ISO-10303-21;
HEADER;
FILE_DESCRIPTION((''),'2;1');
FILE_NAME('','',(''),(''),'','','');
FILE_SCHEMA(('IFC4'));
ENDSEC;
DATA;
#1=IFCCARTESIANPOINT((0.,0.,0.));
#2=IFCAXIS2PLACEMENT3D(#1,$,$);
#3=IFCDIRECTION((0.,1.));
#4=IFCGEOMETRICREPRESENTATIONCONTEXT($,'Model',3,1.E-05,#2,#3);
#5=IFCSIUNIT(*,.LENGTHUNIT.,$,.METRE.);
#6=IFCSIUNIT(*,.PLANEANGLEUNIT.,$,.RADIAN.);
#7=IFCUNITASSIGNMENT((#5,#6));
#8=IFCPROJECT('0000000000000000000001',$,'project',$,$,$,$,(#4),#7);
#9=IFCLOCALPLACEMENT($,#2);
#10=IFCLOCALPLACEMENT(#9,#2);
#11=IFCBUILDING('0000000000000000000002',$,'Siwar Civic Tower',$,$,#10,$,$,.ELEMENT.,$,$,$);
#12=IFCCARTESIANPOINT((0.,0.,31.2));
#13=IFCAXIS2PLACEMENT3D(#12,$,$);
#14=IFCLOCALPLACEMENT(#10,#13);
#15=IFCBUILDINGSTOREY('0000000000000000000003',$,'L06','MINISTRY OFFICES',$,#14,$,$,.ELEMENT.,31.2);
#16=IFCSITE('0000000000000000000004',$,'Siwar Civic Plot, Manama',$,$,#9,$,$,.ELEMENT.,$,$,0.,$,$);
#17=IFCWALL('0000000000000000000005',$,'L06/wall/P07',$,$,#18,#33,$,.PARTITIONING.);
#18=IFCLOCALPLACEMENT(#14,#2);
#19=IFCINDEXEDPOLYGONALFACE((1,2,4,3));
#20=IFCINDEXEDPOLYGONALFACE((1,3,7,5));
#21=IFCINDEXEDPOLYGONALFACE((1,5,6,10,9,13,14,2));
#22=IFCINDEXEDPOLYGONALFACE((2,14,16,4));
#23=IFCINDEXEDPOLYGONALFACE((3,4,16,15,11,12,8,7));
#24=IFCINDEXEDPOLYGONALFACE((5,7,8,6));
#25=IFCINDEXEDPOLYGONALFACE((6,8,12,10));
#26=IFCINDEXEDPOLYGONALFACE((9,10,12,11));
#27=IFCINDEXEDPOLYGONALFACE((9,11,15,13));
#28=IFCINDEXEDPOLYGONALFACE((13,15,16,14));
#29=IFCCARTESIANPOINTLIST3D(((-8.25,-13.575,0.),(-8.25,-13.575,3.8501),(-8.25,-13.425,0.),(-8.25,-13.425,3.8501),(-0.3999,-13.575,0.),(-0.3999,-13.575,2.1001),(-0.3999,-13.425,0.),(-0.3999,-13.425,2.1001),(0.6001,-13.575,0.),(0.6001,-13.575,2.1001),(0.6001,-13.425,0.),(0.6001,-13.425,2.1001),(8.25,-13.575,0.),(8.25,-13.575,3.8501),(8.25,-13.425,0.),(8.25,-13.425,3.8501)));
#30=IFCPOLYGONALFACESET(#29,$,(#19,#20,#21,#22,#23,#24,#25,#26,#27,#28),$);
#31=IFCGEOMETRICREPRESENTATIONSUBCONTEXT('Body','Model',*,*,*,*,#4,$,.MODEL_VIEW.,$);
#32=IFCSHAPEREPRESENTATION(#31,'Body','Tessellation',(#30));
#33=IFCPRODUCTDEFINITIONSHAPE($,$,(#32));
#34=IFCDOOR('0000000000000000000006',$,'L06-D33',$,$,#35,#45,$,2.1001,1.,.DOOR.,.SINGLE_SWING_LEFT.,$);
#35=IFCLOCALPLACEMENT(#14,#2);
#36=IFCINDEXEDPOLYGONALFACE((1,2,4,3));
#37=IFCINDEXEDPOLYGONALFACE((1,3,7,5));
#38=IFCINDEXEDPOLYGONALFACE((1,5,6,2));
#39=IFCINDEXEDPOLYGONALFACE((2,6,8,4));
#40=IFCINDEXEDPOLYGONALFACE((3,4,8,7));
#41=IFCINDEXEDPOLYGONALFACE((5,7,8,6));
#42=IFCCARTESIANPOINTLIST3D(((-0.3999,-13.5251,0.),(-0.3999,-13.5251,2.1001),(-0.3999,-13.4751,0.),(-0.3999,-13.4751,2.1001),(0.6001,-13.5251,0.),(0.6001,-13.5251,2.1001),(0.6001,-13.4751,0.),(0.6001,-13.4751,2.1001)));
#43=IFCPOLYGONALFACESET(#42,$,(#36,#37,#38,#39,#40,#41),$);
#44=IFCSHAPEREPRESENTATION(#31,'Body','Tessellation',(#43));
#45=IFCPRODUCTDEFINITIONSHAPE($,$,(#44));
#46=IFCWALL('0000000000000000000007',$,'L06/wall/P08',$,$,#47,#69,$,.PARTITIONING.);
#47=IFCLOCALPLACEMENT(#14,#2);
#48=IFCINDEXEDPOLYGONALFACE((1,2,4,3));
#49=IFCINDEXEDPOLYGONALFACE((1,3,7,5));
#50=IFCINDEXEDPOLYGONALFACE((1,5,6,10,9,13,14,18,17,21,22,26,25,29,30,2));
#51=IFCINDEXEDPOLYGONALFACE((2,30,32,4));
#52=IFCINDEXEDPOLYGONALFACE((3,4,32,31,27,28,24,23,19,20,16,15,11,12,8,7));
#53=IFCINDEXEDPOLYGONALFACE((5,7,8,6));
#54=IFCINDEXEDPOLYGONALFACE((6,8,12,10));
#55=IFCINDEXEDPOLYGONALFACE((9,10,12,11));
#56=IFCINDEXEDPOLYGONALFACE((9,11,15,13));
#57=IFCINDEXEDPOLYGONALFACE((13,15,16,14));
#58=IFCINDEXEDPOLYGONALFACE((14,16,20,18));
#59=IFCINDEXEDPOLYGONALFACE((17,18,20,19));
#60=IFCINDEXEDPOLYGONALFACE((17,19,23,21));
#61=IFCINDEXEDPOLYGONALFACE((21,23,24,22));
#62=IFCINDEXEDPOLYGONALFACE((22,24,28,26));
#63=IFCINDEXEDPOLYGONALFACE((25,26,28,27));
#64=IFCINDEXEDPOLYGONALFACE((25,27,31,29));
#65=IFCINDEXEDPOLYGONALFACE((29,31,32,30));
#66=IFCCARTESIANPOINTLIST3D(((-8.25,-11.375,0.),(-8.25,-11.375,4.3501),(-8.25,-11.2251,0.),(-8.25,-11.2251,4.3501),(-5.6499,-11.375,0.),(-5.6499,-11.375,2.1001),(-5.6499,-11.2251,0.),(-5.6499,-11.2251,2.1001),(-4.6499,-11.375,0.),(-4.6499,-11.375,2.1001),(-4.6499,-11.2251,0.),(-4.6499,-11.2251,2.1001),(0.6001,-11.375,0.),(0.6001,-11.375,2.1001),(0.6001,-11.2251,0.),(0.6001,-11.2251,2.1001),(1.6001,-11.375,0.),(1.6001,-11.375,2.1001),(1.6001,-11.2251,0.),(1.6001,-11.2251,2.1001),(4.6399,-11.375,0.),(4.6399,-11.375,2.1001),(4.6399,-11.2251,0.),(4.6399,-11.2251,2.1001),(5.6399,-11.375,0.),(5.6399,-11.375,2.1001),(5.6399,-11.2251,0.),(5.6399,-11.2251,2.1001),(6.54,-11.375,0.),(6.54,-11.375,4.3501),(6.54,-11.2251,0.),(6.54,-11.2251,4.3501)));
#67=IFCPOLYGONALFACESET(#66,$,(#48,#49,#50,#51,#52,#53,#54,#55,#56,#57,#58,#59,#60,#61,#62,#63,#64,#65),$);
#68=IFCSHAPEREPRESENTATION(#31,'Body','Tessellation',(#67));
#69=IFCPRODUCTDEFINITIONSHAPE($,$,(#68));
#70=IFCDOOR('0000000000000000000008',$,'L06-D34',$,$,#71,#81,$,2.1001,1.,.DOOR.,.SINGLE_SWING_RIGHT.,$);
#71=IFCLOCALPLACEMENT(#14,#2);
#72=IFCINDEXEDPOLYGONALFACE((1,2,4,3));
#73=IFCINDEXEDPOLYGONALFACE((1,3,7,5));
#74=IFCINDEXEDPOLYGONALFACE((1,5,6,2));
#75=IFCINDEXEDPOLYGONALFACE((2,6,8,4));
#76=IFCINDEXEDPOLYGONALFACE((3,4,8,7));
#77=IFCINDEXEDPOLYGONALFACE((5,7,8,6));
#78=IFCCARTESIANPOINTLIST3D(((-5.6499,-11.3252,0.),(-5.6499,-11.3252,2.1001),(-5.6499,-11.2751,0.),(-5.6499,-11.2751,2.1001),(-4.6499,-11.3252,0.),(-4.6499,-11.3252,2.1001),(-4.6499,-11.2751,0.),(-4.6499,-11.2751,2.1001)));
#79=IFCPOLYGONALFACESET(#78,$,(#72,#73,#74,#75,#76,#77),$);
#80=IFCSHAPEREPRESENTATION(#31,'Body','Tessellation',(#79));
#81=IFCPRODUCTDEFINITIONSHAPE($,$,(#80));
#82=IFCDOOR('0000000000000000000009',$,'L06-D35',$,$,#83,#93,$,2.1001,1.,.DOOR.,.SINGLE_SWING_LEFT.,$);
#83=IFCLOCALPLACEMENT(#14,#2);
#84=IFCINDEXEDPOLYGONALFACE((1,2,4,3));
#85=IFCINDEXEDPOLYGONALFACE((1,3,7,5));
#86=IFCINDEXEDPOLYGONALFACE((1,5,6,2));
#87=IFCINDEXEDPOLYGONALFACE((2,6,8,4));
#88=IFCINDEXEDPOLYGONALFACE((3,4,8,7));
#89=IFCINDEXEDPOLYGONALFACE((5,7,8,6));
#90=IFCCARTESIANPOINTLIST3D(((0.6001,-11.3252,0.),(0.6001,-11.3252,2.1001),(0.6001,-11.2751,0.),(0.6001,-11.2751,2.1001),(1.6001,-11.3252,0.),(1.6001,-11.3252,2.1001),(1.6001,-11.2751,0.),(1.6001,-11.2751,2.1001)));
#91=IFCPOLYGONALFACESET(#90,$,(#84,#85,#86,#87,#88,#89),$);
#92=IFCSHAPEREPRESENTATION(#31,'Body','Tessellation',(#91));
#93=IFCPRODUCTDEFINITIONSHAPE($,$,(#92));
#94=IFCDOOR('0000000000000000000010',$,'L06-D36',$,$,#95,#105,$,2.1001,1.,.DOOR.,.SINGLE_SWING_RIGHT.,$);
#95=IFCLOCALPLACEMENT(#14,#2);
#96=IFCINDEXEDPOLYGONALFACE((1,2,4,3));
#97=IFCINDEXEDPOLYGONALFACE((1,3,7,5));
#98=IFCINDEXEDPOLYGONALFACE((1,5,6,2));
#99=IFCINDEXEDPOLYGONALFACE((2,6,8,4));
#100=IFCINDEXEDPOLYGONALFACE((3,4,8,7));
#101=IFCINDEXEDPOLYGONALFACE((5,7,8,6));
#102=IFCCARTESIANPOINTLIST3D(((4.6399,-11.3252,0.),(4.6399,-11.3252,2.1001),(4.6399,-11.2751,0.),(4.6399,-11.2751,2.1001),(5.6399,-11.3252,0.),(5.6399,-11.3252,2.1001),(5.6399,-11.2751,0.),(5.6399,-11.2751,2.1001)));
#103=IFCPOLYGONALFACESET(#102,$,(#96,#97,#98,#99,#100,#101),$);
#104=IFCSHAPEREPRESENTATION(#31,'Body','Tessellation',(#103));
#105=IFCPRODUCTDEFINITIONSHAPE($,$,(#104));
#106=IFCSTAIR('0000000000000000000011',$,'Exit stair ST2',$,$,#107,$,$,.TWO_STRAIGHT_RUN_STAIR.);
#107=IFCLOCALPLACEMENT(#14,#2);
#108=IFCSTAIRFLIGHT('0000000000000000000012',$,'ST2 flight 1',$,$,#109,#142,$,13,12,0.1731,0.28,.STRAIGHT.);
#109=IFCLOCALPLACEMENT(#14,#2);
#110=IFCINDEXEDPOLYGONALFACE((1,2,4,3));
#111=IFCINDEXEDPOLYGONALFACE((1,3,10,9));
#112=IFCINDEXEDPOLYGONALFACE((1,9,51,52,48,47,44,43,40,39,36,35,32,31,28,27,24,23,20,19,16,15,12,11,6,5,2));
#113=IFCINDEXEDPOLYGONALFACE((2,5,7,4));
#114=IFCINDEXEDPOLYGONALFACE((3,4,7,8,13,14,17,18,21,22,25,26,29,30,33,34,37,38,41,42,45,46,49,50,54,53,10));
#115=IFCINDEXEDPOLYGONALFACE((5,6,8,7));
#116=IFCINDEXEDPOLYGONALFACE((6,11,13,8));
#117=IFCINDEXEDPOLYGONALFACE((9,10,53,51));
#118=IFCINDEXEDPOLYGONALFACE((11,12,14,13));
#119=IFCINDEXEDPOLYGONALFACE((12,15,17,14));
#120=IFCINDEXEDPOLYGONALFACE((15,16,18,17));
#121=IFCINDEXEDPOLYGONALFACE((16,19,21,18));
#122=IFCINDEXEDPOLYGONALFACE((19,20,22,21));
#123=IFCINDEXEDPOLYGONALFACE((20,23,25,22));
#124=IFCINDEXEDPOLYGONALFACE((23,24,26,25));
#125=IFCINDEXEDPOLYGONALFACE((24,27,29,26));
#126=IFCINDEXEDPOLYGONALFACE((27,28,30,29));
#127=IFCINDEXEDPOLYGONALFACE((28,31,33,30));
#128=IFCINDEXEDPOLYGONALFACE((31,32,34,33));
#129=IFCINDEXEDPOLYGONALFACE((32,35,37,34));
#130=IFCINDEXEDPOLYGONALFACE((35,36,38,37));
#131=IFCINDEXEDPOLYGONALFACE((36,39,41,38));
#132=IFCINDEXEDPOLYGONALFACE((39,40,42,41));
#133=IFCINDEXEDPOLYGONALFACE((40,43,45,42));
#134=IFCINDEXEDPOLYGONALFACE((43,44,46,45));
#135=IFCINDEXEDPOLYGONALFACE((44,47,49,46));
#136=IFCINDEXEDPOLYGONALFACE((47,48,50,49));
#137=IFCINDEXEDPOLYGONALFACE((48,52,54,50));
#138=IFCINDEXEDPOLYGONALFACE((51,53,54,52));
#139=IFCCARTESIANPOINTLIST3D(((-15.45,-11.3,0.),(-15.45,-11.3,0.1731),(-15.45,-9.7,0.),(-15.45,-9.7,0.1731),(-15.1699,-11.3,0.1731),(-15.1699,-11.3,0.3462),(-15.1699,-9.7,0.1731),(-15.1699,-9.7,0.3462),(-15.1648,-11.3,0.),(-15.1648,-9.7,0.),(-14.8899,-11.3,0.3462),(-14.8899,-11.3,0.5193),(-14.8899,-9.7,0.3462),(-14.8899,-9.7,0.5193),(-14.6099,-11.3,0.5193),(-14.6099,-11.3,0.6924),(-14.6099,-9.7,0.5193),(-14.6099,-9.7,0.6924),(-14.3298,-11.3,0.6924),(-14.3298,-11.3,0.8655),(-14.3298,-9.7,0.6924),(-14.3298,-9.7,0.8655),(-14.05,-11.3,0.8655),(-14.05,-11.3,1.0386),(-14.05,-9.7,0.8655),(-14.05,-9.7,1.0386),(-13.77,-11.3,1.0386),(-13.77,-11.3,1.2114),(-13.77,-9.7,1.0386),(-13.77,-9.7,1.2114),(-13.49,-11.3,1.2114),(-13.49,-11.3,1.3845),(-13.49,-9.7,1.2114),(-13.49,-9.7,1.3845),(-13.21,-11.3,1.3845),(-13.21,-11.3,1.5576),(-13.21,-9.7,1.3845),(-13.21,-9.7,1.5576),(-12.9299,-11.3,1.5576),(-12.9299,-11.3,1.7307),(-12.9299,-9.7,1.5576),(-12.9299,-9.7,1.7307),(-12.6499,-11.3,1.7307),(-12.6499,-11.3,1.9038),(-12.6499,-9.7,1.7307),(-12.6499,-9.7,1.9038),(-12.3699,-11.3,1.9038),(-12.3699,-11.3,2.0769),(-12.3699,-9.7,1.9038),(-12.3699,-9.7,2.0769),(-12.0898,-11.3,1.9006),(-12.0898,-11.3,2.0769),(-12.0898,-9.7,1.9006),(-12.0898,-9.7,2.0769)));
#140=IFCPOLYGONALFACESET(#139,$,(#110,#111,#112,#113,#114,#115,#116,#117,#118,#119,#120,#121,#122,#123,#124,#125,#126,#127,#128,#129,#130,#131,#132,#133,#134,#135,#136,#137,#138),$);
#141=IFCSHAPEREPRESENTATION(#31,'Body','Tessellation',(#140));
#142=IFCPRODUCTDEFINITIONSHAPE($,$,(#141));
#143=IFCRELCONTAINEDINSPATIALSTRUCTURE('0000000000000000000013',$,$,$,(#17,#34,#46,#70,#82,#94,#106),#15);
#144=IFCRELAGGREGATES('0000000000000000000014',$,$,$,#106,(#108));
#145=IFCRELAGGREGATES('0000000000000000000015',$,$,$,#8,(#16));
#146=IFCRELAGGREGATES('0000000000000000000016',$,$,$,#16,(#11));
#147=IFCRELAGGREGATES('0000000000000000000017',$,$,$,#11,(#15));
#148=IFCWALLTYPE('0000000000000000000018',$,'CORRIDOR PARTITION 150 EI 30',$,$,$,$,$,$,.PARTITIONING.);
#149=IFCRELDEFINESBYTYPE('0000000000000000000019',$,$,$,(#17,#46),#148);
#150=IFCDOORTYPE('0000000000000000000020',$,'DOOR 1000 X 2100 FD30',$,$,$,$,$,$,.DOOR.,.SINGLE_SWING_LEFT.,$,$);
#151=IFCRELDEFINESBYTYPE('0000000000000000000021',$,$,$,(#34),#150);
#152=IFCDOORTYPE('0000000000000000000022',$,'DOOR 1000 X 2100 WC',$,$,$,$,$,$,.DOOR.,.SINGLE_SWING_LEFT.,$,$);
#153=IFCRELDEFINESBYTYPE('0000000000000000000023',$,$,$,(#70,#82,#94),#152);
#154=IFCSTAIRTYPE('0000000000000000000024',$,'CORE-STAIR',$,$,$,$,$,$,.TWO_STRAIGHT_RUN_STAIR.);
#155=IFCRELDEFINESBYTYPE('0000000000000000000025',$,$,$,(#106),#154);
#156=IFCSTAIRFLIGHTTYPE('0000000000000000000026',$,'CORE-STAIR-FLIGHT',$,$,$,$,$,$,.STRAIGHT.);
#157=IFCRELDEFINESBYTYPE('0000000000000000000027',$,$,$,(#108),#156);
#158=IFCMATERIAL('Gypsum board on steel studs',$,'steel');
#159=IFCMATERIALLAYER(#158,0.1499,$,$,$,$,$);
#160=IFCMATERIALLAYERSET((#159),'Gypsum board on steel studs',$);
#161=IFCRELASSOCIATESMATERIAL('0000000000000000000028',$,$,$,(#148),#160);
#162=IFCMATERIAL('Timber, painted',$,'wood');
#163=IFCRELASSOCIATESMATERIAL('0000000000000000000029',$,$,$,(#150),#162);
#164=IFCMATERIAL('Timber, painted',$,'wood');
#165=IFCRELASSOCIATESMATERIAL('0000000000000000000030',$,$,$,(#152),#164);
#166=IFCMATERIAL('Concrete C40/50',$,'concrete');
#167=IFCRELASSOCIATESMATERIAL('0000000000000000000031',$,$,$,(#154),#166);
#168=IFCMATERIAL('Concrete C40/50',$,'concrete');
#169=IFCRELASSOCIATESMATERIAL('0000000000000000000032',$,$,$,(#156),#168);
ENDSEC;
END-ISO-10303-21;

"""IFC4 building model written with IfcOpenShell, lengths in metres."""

from ifc_helpers import new_model, si_unit, direction, frame, frame_2d, origin, place, context, subcontext, project, spatial, polyline, rectangle, outline, extrude, material, layer, layer_set, type_object, element, fill, aggregate, save


model = new_model("IFC4")

# Units and contexts
model_context = context("Model", 3, precision=1e-05, world=origin(), true_north=direction((0.0, 1.0)))
body_context = subcontext(model_context, "Body", "Model", "MODEL_VIEW")
ifc_project = project(units=[si_unit("LENGTHUNIT", "METRE"), si_unit("PLANEANGLEUNIT", "RADIAN")], contexts=[model_context])

# Site, building, storey
site_placement = place(None, origin())
site = spatial("IfcSite", under=ifc_project, at=site_placement, Name="Siwar Civic Plot, Manama", CompositionType="ELEMENT", RefElevation=0.0)
building_placement = place(site_placement, origin())
building = spatial("IfcBuilding", under=site, at=building_placement, Name="Siwar Civic Tower", CompositionType="ELEMENT")
storey_placement = place(building_placement, frame((0.0, 0.0, 31.2)))
storey = spatial("IfcBuildingStorey", under=building, at=storey_placement, Name="L06", Description="MINISTRY OFFICES", CompositionType="ELEMENT", Elevation=31.2)

# Wall, opening, door
ifc_material_1 = material(Name="Gypsum board on steel studs", Category="steel")
ifc_layer_1 = layer(ifc_material_1, 0.1499)
ifc_layer_set_1 = layer_set([ifc_layer_1], Name="Gypsum board on steel studs")
wall_type_1 = type_object("IfcWallType", Name="CORRIDOR PARTITION 150 EI 30", PredefinedType="PARTITIONING", material=ifc_layer_set_1)
wall_1_placement = place(storey_placement, frame((-8.25, -13.5, 0.0), z_axis=(0.0, 0.0, 1.0), x_axis=(1.0, 0.0, 0.0)))
wall_1 = element("IfcWall", 1, at=wall_1_placement, inside=storey, type_object=wall_type_1, Name="L06/wall/P07", PredefinedType="PARTITIONING", context=body_context, shape_type="SweptSolid", body=[
    extrude(rectangle(XDim=16.5, YDim=0.1499, at=frame_2d((8.25, 0.0))), origin(), (0.0, 0.0, 1.0), 3.8501),
])
opening_1_placement = place(wall_1_placement, frame((7.8501, 0.0, 0.0)))
opening_1 = element("IfcOpeningElement", 2, at=opening_1_placement, cuts=wall_1, PredefinedType="OPENING", context=body_context, shape_type="SweptSolid", body=[
    extrude(rectangle(XDim=1.0, YDim=2.1001, at=frame_2d((0.5, 1.05))), frame((0.0, 0.085, 0.0), z_axis=(0.0, -1.0, 0.0), x_axis=(1.0, 0.0, 0.0)), (0.0, 0.0, 1.0), 0.1699),
])
ifc_material_2 = material(Name="Timber, painted", Category="wood")
door_type_1 = type_object("IfcDoorType", Name="DOOR 1000 X 2100 FD30", OperationType="SINGLE_SWING_LEFT", PredefinedType="DOOR", material=ifc_material_2)
door_1_placement = place(opening_1_placement, origin())
door_1 = element("IfcDoor", 3, at=door_1_placement, inside=storey, type_object=door_type_1, Name="L06-D33", OperationType="SINGLE_SWING_LEFT", OverallHeight=2.1001, OverallWidth=1.0, PredefinedType="DOOR", context=body_context, shape_type="SweptSolid", body=[
    extrude(rectangle(XDim=1.0, YDim=2.1001, at=frame_2d((0.5, 1.05))), frame((0.0, 0.0249, 0.0), z_axis=(0.0, -1.0, 0.0), x_axis=(1.0, 0.0, 0.0)), (0.0, 0.0, 1.0), 0.05),
])
fill(opening_1, door_1)

# Wall, openings, doors
wall_2_placement = place(storey_placement, frame((-8.25, -11.3, 0.0), z_axis=(0.0, 0.0, 1.0), x_axis=(1.0, 0.0, 0.0)))
wall_2 = element("IfcWall", 4, at=wall_2_placement, inside=storey, type_object=wall_type_1, Name="L06/wall/P08", PredefinedType="PARTITIONING", context=body_context, shape_type="SweptSolid", body=[
    extrude(rectangle(XDim=14.79, YDim=0.1499, at=frame_2d((7.395, 0.0))), origin(), (0.0, 0.0, 1.0), 4.3501),
])
opening_2_placement = place(wall_2_placement, frame((2.6001, 0.0, 0.0)))
opening_2 = element("IfcOpeningElement", 5, at=opening_2_placement, cuts=wall_2, PredefinedType="OPENING", context=body_context, shape_type="SweptSolid", body=[
    extrude(rectangle(XDim=1.0, YDim=2.1001, at=frame_2d((0.5, 1.05))), frame((0.0, 0.085, 0.0), z_axis=(0.0, -1.0, 0.0), x_axis=(1.0, 0.0, 0.0)), (0.0, 0.0, 1.0), 0.1699),
])
opening_3_placement = place(wall_2_placement, frame((8.8501, 0.0, 0.0)))
opening_3 = element("IfcOpeningElement", 6, at=opening_3_placement, cuts=wall_2, PredefinedType="OPENING", context=body_context, shape_type="SweptSolid", body=[
    extrude(rectangle(XDim=1.0, YDim=2.1001, at=frame_2d((0.5, 1.05))), frame((0.0, 0.085, 0.0), z_axis=(0.0, -1.0, 0.0), x_axis=(1.0, 0.0, 0.0)), (0.0, 0.0, 1.0), 0.1699),
])
opening_4_placement = place(wall_2_placement, frame((12.8899, 0.0, 0.0)))
opening_4 = element("IfcOpeningElement", 7, at=opening_4_placement, cuts=wall_2, PredefinedType="OPENING", context=body_context, shape_type="SweptSolid", body=[
    extrude(rectangle(XDim=1.0, YDim=2.1001, at=frame_2d((0.5, 1.05))), frame((0.0, 0.085, 0.0), z_axis=(0.0, -1.0, 0.0), x_axis=(1.0, 0.0, 0.0)), (0.0, 0.0, 1.0), 0.1699),
])
ifc_material_3 = material(Name="Timber, painted", Category="wood")
door_type_2 = type_object("IfcDoorType", Name="DOOR 1000 X 2100 WC", OperationType="SINGLE_SWING_LEFT", PredefinedType="DOOR", material=ifc_material_3)
door_2_placement = place(opening_2_placement, origin())
door_2 = element("IfcDoor", 8, at=door_2_placement, inside=storey, type_object=door_type_2, Name="L06-D34", OperationType="SINGLE_SWING_RIGHT", OverallHeight=2.1001, OverallWidth=1.0, PredefinedType="DOOR", context=body_context, shape_type="SweptSolid", body=[
    extrude(rectangle(XDim=1.0, YDim=2.1001, at=frame_2d((0.5, 1.05))), frame((0.0, 0.0249, 0.0), z_axis=(0.0, -1.0, 0.0), x_axis=(1.0, 0.0, 0.0)), (0.0, 0.0, 1.0), 0.05),
])
fill(opening_2, door_2)
door_3_placement = place(opening_3_placement, origin())
door_3 = element("IfcDoor", 9, at=door_3_placement, inside=storey, type_object=door_type_2, Name="L06-D35", OperationType="SINGLE_SWING_LEFT", OverallHeight=2.1001, OverallWidth=1.0, PredefinedType="DOOR", context=body_context, shape_type="SweptSolid", body=[
    extrude(rectangle(XDim=1.0, YDim=2.1001, at=frame_2d((0.5, 1.05))), frame((0.0, 0.0249, 0.0), z_axis=(0.0, -1.0, 0.0), x_axis=(1.0, 0.0, 0.0)), (0.0, 0.0, 1.0), 0.05),
])
fill(opening_3, door_3)
door_4_placement = place(opening_4_placement, origin())
door_4 = element("IfcDoor", 10, at=door_4_placement, inside=storey, type_object=door_type_2, Name="L06-D36", OperationType="SINGLE_SWING_RIGHT", OverallHeight=2.1001, OverallWidth=1.0, PredefinedType="DOOR", context=body_context, shape_type="SweptSolid", body=[
    extrude(rectangle(XDim=1.0, YDim=2.1001, at=frame_2d((0.5, 1.05))), frame((0.0, 0.0249, 0.0), z_axis=(0.0, -1.0, 0.0), x_axis=(1.0, 0.0, 0.0)), (0.0, 0.0, 1.0), 0.05),
])
fill(opening_4, door_4)

# Stair, stair flight
ifc_material_4 = material(Name="Concrete C40/50", Category="concrete")
stair_type = type_object("IfcStairType", Name="CORE-STAIR", PredefinedType="TWO_STRAIGHT_RUN_STAIR", material=ifc_material_4)
stair_placement = place(storey_placement, origin())
stair = element("IfcStair", 11, at=stair_placement, inside=storey, type_object=stair_type, Name="Exit stair ST2", PredefinedType="TWO_STRAIGHT_RUN_STAIR")
ifc_material_5 = material(Name="Concrete C40/50", Category="concrete")
stair_flight_type = type_object("IfcStairFlightType", Name="CORE-STAIR-FLIGHT", PredefinedType="STRAIGHT", material=ifc_material_5)
stair_flight_1_placement = place(storey_placement, frame((-15.45, -10.5, 0.0), z_axis=(0.0, 0.0, 1.0), x_axis=(1.0, 0.0, 0.0)))
stair_flight_1 = element("IfcStairFlight", 12, at=stair_flight_1_placement, type_object=stair_flight_type, Name="ST2 flight 1", NumberOfRisers=13, NumberOfTreads=12, PredefinedType="STRAIGHT", RiserHeight=0.1731, TreadLength=0.28, context=body_context, shape_type="SweptSolid", body=[
    extrude(outline(polyline([(0.0, 0.0), (0.0, 0.1731), (0.28, 0.1731), (0.28, 0.3462), (0.5601, 0.3462), (0.5601, 0.5193), (0.8401, 0.5193), (0.8401, 0.6924), (1.1201, 0.6924), (1.1201, 0.8655), (1.3999, 0.8655), (1.3999, 1.0386), (1.6799, 1.0386), (1.6799, 1.2114), (1.96, 1.2114), (1.96, 1.3845), (2.24, 1.3845), (2.24, 1.5576), (2.52, 1.5576), (2.52, 1.7307), (2.8, 1.7307), (2.8, 1.9038), (3.0801, 1.9038), (3.0801, 2.0769), (3.3601, 2.0769), (3.3601, 2.25), (3.3601, 1.9006), (0.2852, 0.0), (0.0, 0.0)])), frame((0.0, 0.8, 0.0), z_axis=(0.0, -1.0, 0.0), x_axis=(1.0, 0.0, 0.0)), (0.0, 0.0, 1.0), 1.6001),
])
aggregate(stair, [stair_flight_1])

save(model, "model.ifc")
